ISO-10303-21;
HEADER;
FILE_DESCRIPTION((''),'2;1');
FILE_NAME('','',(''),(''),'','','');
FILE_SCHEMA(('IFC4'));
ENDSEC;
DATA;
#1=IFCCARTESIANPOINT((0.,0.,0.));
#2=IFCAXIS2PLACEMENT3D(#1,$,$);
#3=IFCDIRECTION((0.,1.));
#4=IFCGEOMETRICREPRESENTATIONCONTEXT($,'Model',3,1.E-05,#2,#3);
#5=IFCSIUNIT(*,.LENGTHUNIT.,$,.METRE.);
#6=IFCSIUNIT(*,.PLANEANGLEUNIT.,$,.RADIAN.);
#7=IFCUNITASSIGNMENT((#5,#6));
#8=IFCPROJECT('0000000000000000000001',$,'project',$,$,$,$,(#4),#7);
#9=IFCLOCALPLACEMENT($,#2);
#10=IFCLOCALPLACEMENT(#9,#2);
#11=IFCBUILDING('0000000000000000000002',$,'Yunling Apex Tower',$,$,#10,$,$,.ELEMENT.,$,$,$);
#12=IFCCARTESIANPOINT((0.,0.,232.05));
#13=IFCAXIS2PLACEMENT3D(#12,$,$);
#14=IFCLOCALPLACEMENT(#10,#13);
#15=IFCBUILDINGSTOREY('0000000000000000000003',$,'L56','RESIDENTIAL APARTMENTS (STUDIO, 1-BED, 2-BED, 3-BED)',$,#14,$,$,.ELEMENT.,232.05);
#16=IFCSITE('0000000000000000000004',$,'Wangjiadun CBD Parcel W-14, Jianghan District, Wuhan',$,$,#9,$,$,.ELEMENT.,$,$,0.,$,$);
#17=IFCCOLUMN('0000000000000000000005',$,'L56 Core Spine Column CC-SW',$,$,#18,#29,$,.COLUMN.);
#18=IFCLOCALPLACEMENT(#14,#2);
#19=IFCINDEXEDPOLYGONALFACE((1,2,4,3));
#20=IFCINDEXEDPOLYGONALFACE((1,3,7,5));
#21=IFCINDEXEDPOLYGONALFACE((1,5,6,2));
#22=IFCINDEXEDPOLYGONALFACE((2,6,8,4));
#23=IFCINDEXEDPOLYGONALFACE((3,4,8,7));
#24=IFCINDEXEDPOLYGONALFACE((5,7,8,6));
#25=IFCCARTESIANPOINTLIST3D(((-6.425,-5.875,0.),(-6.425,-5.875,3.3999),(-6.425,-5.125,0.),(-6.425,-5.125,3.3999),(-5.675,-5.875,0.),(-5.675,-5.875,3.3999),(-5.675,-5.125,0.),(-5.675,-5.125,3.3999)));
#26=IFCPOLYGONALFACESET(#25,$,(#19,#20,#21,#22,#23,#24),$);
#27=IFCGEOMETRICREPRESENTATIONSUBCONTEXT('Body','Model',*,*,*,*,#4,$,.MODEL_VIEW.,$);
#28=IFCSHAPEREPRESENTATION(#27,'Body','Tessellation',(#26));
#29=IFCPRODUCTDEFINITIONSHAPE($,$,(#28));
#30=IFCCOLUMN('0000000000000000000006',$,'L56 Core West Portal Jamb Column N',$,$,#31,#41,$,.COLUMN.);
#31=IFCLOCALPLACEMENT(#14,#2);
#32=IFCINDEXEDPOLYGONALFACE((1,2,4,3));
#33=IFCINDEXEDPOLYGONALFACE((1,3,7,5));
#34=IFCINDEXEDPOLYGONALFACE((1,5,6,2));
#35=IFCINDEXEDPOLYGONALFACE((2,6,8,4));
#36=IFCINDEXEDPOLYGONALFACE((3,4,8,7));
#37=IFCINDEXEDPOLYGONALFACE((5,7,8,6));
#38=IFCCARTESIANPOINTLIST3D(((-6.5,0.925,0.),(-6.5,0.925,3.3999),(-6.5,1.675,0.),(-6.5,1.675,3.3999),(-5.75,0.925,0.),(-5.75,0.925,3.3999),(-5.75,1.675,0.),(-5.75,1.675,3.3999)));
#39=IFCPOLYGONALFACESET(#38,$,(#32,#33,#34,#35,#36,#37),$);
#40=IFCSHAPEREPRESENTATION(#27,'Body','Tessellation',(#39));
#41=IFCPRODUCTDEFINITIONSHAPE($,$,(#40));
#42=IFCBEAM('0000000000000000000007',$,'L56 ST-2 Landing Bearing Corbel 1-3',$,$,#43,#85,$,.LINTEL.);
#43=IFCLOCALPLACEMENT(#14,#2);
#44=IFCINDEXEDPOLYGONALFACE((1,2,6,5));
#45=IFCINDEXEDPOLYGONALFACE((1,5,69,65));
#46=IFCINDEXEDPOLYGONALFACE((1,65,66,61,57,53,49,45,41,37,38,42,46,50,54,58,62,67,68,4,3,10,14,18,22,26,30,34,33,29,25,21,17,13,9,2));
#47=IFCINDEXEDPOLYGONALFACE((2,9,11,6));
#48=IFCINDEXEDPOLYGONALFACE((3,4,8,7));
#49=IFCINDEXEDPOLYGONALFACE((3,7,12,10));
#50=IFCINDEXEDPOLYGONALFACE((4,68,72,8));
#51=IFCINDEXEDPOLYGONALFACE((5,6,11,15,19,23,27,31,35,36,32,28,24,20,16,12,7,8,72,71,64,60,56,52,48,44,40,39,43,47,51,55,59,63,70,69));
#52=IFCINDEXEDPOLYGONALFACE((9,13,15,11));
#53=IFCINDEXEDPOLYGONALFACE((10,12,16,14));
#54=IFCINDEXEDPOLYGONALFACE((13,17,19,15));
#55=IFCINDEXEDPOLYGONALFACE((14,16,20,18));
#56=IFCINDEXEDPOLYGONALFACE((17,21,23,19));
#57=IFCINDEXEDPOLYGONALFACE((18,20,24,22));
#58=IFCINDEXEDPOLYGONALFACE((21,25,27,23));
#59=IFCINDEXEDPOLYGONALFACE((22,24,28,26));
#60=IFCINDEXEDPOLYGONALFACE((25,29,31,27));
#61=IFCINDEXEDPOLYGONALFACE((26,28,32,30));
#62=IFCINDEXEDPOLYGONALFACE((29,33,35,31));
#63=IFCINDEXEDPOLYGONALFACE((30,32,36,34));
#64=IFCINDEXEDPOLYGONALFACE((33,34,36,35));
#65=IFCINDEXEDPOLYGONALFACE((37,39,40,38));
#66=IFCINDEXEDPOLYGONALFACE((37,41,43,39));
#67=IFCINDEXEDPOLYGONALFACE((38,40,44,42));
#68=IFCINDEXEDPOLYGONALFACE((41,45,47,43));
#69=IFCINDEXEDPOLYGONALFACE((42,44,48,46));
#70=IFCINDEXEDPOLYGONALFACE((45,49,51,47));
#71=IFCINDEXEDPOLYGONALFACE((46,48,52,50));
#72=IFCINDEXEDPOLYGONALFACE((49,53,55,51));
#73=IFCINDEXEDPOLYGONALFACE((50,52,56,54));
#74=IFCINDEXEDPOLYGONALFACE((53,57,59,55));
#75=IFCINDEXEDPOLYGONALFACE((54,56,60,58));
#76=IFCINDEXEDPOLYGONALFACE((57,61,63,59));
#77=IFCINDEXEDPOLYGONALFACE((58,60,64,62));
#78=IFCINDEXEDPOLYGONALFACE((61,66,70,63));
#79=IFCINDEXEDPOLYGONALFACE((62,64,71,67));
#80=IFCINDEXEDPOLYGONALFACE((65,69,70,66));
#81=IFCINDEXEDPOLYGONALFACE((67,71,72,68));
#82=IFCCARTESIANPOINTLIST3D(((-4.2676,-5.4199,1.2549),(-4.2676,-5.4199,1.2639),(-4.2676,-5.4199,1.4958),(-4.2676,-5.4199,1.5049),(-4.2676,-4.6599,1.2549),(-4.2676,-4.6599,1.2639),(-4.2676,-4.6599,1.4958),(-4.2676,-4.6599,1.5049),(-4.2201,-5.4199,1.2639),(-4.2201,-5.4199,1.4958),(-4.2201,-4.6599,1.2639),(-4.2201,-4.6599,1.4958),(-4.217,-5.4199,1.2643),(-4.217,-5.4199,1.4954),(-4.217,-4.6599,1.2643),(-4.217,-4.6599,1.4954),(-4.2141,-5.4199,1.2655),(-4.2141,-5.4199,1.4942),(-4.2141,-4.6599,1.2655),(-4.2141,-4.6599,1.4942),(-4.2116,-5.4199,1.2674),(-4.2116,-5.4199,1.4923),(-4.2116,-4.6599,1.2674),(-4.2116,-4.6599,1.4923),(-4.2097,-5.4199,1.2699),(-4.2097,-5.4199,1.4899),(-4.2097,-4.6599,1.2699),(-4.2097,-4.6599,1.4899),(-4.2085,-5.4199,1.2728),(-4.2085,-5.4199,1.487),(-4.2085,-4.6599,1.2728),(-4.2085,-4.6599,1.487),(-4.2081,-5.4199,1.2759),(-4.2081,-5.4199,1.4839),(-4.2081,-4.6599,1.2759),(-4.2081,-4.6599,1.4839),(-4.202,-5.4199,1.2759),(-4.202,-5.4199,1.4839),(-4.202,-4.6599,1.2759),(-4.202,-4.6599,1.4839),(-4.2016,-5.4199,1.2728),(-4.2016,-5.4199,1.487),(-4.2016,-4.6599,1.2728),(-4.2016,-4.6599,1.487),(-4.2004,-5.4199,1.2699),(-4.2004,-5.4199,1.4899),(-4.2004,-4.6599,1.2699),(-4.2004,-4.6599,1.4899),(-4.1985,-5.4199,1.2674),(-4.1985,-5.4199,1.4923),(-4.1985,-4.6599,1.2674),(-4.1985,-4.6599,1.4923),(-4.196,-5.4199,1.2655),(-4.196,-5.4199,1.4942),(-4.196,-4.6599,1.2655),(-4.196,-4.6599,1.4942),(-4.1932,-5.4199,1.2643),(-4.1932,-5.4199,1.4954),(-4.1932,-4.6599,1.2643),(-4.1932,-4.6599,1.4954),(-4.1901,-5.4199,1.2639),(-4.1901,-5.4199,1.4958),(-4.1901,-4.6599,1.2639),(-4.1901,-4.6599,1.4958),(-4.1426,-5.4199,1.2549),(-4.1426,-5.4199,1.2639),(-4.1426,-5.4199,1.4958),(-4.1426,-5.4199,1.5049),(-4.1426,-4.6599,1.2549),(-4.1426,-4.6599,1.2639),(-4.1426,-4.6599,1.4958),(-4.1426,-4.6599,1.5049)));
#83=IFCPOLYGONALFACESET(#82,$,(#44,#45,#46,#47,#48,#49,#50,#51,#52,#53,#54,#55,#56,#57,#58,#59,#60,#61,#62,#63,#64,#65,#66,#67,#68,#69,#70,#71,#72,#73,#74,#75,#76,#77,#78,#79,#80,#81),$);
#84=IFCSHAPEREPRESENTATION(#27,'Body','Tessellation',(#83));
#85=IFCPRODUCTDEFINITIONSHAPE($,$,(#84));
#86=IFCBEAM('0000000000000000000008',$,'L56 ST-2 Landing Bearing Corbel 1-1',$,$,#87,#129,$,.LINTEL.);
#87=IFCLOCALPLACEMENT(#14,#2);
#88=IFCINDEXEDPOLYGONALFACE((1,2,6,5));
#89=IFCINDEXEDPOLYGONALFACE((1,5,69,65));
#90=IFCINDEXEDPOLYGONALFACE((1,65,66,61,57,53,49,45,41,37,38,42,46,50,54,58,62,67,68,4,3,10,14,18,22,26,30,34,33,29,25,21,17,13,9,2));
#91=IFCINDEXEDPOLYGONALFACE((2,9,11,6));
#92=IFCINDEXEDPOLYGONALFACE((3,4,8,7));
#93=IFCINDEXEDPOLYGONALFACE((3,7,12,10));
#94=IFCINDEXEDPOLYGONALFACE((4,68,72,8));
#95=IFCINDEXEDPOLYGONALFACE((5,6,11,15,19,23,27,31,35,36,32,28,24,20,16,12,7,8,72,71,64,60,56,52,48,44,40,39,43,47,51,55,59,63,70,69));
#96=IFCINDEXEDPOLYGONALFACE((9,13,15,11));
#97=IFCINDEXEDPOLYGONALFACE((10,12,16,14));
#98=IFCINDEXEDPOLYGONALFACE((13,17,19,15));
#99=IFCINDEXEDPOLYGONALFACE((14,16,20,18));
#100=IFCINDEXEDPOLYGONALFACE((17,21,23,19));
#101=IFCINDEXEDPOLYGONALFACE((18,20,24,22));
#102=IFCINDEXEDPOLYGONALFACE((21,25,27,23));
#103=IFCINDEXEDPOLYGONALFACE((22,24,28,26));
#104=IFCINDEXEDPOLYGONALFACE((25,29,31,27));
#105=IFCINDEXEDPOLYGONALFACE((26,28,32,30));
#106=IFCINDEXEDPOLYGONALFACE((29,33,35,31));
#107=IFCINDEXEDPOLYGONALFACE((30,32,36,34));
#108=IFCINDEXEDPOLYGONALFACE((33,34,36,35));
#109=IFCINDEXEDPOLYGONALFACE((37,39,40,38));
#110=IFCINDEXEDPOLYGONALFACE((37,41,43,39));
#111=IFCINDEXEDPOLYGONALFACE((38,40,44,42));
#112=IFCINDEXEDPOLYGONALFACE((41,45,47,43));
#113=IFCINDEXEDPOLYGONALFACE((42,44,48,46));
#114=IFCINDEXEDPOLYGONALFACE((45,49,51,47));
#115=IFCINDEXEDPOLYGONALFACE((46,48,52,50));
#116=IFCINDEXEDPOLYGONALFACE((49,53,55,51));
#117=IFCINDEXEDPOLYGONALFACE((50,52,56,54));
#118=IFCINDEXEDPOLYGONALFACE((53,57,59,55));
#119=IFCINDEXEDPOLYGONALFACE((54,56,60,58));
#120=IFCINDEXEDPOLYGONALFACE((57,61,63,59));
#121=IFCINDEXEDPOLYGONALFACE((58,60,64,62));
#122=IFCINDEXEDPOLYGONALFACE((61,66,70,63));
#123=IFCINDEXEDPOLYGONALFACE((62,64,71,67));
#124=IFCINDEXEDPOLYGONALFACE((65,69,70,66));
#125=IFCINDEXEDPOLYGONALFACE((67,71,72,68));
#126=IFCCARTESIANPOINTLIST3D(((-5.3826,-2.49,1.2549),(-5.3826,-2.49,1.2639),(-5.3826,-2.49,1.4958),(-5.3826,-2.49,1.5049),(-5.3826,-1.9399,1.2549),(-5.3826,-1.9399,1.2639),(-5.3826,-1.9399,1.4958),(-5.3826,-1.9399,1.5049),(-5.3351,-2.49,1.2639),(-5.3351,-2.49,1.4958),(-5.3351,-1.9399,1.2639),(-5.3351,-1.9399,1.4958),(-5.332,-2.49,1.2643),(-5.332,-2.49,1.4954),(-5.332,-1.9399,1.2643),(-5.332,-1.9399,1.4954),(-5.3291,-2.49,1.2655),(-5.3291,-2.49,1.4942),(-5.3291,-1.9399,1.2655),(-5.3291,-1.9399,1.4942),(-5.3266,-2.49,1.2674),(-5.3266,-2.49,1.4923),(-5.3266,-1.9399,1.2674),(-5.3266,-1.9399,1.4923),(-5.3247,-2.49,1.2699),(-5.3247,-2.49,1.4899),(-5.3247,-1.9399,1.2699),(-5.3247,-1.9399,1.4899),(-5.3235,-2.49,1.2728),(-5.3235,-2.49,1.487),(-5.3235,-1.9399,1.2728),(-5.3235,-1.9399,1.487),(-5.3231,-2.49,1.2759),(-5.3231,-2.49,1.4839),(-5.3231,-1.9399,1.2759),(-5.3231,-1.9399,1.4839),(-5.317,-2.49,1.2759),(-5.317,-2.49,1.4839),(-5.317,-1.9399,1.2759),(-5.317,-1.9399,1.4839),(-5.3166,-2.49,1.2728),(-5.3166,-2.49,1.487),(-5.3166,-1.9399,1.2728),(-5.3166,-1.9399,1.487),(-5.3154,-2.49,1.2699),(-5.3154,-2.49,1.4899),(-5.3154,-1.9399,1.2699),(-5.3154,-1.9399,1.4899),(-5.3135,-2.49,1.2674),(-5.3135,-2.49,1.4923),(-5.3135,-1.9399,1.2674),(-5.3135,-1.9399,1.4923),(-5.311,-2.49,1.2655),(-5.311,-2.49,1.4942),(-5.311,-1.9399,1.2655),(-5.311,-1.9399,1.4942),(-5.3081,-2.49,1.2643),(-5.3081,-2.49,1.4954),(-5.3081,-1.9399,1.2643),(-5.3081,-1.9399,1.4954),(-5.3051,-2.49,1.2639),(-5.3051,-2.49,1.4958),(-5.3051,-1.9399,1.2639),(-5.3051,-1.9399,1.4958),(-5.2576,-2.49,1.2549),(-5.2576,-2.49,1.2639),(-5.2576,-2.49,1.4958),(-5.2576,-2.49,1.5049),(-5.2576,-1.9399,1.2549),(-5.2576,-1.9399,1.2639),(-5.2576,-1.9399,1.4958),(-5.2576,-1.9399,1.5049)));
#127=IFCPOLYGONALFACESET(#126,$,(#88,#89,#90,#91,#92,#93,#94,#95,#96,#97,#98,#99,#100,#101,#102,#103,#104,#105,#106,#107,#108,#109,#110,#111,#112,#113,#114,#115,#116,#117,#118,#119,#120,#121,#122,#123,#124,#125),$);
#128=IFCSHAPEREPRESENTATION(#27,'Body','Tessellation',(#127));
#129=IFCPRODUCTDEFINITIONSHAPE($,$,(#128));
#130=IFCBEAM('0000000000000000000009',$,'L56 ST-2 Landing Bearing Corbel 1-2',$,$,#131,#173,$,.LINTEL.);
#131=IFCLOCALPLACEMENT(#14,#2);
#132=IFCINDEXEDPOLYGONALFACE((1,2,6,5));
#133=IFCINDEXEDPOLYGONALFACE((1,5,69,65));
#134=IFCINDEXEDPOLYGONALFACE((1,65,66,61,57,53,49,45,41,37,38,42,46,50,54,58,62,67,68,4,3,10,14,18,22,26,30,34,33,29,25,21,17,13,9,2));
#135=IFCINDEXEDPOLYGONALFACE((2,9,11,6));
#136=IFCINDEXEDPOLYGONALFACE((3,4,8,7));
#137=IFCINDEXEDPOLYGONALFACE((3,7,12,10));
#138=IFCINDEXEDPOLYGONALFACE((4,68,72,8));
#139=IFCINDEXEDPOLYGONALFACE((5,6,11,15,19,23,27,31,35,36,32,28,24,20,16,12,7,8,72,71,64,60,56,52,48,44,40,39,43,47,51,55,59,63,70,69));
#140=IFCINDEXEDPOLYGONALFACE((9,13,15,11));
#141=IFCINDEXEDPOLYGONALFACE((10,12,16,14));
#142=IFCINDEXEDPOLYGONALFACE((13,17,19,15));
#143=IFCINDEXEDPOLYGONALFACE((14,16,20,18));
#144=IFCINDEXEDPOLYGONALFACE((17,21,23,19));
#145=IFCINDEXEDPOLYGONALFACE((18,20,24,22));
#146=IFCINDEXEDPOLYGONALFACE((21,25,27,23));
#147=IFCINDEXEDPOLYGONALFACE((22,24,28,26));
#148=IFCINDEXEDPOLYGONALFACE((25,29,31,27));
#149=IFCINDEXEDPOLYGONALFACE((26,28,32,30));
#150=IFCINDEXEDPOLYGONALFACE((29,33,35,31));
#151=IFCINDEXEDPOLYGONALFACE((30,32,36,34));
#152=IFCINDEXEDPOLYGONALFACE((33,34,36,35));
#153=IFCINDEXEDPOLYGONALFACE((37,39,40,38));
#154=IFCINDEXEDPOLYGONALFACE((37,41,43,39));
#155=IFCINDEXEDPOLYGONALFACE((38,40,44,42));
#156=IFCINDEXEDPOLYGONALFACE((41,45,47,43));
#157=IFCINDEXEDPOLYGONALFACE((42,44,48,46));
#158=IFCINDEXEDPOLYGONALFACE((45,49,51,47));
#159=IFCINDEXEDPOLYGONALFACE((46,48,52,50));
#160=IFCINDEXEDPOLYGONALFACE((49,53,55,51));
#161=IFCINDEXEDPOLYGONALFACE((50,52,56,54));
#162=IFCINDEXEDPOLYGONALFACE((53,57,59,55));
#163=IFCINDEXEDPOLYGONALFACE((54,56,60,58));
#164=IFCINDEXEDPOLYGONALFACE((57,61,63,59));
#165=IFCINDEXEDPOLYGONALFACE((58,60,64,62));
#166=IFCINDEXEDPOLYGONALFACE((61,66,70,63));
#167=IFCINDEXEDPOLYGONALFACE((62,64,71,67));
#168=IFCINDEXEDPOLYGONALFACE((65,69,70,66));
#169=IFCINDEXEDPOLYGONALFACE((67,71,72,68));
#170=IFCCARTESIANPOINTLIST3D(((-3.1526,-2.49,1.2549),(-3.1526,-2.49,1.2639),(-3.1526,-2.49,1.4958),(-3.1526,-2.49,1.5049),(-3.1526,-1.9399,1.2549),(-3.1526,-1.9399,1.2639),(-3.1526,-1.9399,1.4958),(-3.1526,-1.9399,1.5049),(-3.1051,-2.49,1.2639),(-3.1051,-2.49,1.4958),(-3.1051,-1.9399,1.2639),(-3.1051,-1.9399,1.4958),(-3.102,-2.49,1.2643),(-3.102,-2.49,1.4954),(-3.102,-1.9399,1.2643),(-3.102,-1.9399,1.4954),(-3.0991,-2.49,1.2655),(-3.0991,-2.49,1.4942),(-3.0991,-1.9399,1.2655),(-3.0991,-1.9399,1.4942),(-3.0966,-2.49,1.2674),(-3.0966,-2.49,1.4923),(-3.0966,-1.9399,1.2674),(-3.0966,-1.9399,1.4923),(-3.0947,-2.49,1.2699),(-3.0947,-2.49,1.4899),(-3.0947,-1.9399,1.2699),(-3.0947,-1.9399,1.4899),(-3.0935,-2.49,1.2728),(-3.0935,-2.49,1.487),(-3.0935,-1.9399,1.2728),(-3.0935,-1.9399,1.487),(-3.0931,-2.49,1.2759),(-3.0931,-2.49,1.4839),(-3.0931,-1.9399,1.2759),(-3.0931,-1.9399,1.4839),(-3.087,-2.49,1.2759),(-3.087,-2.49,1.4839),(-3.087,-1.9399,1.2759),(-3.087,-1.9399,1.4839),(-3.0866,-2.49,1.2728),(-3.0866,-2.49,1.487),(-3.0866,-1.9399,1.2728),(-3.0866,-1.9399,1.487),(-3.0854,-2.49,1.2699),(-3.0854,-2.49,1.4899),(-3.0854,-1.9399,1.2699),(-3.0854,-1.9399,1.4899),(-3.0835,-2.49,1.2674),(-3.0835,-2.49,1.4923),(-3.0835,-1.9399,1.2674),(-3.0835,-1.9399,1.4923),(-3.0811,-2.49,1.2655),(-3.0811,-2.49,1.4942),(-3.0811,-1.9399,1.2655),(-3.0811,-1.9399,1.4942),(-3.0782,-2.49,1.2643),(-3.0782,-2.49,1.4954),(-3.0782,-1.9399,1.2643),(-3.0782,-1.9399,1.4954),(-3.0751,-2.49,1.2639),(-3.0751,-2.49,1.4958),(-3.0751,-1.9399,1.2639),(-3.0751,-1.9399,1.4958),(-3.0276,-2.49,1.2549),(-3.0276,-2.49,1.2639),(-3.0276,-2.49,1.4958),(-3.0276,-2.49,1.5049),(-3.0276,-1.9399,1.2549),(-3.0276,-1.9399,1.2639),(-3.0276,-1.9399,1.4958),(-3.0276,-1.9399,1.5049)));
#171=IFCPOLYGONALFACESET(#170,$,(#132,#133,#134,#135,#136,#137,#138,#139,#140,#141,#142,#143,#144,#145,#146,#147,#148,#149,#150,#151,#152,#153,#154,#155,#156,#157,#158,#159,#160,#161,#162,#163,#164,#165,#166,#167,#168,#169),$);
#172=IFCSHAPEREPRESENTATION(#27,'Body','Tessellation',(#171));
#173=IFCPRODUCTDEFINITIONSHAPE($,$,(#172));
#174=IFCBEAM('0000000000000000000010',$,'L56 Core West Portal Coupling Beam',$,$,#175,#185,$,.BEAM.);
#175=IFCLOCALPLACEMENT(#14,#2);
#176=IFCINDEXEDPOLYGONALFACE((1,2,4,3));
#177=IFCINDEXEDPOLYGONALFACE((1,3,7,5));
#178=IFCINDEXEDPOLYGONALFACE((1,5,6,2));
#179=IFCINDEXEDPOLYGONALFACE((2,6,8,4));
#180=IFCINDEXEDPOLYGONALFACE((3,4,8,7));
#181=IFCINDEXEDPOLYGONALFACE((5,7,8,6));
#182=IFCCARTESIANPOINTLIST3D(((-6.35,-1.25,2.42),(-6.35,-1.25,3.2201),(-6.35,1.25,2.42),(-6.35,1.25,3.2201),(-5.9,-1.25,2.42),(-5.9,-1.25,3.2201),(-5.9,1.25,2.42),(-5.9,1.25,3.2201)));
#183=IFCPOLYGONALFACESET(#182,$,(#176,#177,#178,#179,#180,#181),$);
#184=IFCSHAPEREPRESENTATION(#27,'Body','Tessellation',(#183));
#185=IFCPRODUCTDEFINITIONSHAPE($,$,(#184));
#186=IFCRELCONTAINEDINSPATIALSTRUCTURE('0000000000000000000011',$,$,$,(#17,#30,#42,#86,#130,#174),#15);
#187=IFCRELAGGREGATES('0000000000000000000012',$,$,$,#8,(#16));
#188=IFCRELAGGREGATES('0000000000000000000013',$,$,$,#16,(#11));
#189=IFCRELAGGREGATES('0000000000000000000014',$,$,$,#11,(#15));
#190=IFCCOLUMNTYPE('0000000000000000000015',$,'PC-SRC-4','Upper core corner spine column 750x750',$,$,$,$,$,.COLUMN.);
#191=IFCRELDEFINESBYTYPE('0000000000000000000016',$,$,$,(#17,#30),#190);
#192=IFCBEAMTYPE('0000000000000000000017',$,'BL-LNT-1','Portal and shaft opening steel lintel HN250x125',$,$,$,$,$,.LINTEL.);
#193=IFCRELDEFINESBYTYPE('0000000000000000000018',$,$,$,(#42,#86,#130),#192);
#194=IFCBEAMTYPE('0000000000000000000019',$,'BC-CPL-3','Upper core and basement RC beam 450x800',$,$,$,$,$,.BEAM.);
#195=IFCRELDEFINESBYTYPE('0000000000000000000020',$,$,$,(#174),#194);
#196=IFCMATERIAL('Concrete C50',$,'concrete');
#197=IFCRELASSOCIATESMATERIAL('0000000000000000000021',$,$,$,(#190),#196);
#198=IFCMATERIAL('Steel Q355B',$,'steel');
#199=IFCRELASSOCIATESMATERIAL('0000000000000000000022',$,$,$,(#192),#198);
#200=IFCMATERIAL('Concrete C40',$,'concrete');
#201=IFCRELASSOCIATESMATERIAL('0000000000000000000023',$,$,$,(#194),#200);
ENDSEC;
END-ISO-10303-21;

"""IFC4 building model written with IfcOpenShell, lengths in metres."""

from ifc_helpers import new_model, si_unit, direction, frame, origin, origin_2d, place, context, subcontext, project, spatial, rectangle, i_section, extrude, source, transform, mapped, material, material_profile, profile_set, type_object, element, save


model = new_model("IFC4")

# Units and contexts
model_context = context("Model", 3, precision=1e-05, world=origin(), true_north=direction((0.0, 1.0)))
body_context = subcontext(model_context, "Body", "Model", "MODEL_VIEW")
ifc_project = project(units=[si_unit("LENGTHUNIT", "METRE"), si_unit("PLANEANGLEUNIT", "RADIAN")], contexts=[model_context])

# Site, building, storey
site_placement = place(None, origin())
site = spatial("IfcSite", under=ifc_project, at=site_placement, Name="Wangjiadun CBD Parcel W-14, Jianghan District, Wuhan", CompositionType="ELEMENT", RefElevation=0.0)
building_placement = place(site_placement, origin())
building = spatial("IfcBuilding", under=site, at=building_placement, Name="Yunling Apex Tower", CompositionType="ELEMENT")
storey_placement = place(building_placement, frame((0.0, 0.0, 232.05)))
storey = spatial("IfcBuildingStorey", under=building, at=storey_placement, Name="L56", Description="RESIDENTIAL APARTMENTS (STUDIO, 1-BED, 2-BED, 3-BED)", CompositionType="ELEMENT", Elevation=232.05)

# Columns
ifc_material_1 = material(Name="Concrete C50", Category="concrete")
ifc_material_profile_1 = material_profile(ifc_material_1, rectangle(XDim=0.75, YDim=0.75, at=origin_2d()))
ifc_profile_set_1 = profile_set([ifc_material_profile_1], Name="Concrete C50")
column_type = type_object("IfcColumnType", Name="PC-SRC-4", Description="Upper core corner spine column 750x750", PredefinedType="COLUMN", material=ifc_profile_set_1)
shared_shape_1 = source(origin(), body_context, "Body", "SweptSolid", [
    extrude(rectangle(XDim=0.75, YDim=0.75, at=origin_2d()), origin(), (0.0, 0.0, 1.0), 3.3999),
])
for number, where, z_axis, x_axis, name in (
    (1, (-6.05, -5.5, 0.0), (0.0, 0.0, 1.0), (1.0, 0.0, 0.0), "L56 Core Spine Column CC-SW"),
    (2, (-6.125, 1.3, 0.0), (0.0, 0.0, 1.0), (1.0, 0.0, 0.0), "L56 Core West Portal Jamb Column N"),
):
    element("IfcColumn", number, at=place(storey_placement, frame(where, z_axis=z_axis, x_axis=x_axis)), inside=storey, type_object=column_type, Name=name, PredefinedType="COLUMN", context=body_context, shape_type="MappedRepresentation", body=[
        mapped(shared_shape_1, transform((0.0, 0.0, 0.0), scale=1.0)),
    ])

# Beams
ifc_material_2 = material(Name="Steel Q355B", Category="steel")
ifc_material_profile_2 = material_profile(ifc_material_2, i_section(OverallWidth=0.125, OverallDepth=0.25, WebThickness=0.0061, FlangeThickness=0.009, FilletRadius=0.012, at=origin_2d()))
ifc_profile_set_2 = profile_set([ifc_material_profile_2], Name="Steel Q355B")
beam_type_1 = type_object("IfcBeamType", Name="BL-LNT-1", Description="Portal and shaft opening steel lintel HN250x125", PredefinedType="LINTEL", material=ifc_profile_set_2)
shared_shape_2 = source(origin(), body_context, "Body", "SweptSolid", [
    extrude(i_section(OverallWidth=0.125, OverallDepth=0.25, WebThickness=0.0061, FlangeThickness=0.009, FilletRadius=0.012, at=origin_2d()), origin(), (0.0, 0.0, 1.0), 0.76),
])
beam_1_placement = place(storey_placement, frame((-4.2051, -5.4199, 1.3799), z_axis=(0.0, 1.0, 0.0), x_axis=(-1.0, 0.0, 0.0)))
element("IfcBeam", 3, at=beam_1_placement, inside=storey, type_object=beam_type_1, Name="L56 ST-2 Landing Bearing Corbel 1-3", PredefinedType="LINTEL", context=body_context, shape_type="MappedRepresentation", body=[
    mapped(shared_shape_2, transform((0.0, 0.0, 0.0), scale=1.0)),
])
shared_shape_3 = source(origin(), body_context, "Body", "SweptSolid", [
    extrude(i_section(OverallWidth=0.125, OverallDepth=0.25, WebThickness=0.0061, FlangeThickness=0.009, FilletRadius=0.012, at=origin_2d()), origin(), (0.0, 0.0, 1.0), 0.55),
])
for number, where, z_axis, x_axis, name in (
    (4, (-5.3201, -1.9399, 1.3799), (0.0, -1.0, 0.0), (1.0, 0.0, 0.0), "L56 ST-2 Landing Bearing Corbel 1-1"),
    (5, (-3.0901, -1.9399, 1.3799), (0.0, -1.0, 0.0), (1.0, 0.0, 0.0), "L56 ST-2 Landing Bearing Corbel 1-2"),
):
    element("IfcBeam", number, at=place(storey_placement, frame(where, z_axis=z_axis, x_axis=x_axis)), inside=storey, type_object=beam_type_1, Name=name, PredefinedType="LINTEL", context=body_context, shape_type="MappedRepresentation", body=[
        mapped(shared_shape_3, transform((0.0, 0.0, 0.0), scale=1.0)),
    ])
ifc_material_3 = material(Name="Concrete C40", Category="concrete")
ifc_material_profile_3 = material_profile(ifc_material_3, rectangle(XDim=0.45, YDim=0.8, at=origin_2d()))
ifc_profile_set_3 = profile_set([ifc_material_profile_3], Name="Concrete C40")
beam_type_2 = type_object("IfcBeamType", Name="BC-CPL-3", Description="Upper core and basement RC beam 450x800", PredefinedType="BEAM", material=ifc_profile_set_3)
shared_shape_4 = source(origin(), body_context, "Body", "SweptSolid", [
    extrude(rectangle(XDim=0.45, YDim=0.8, at=origin_2d()), origin(), (0.0, 0.0, 1.0), 2.5),
])
beam_2_placement = place(storey_placement, frame((-6.125, -1.25, 2.8201), z_axis=(0.0, 1.0, 0.0), x_axis=(-1.0, 0.0, 0.0)))
element("IfcBeam", 6, at=beam_2_placement, inside=storey, type_object=beam_type_2, Name="L56 Core West Portal Coupling Beam", PredefinedType="BEAM", context=body_context, shape_type="MappedRepresentation", body=[
    mapped(shared_shape_4, transform((0.0, 0.0, 0.0), scale=1.0)),
])

save(model, "model.ifc")
